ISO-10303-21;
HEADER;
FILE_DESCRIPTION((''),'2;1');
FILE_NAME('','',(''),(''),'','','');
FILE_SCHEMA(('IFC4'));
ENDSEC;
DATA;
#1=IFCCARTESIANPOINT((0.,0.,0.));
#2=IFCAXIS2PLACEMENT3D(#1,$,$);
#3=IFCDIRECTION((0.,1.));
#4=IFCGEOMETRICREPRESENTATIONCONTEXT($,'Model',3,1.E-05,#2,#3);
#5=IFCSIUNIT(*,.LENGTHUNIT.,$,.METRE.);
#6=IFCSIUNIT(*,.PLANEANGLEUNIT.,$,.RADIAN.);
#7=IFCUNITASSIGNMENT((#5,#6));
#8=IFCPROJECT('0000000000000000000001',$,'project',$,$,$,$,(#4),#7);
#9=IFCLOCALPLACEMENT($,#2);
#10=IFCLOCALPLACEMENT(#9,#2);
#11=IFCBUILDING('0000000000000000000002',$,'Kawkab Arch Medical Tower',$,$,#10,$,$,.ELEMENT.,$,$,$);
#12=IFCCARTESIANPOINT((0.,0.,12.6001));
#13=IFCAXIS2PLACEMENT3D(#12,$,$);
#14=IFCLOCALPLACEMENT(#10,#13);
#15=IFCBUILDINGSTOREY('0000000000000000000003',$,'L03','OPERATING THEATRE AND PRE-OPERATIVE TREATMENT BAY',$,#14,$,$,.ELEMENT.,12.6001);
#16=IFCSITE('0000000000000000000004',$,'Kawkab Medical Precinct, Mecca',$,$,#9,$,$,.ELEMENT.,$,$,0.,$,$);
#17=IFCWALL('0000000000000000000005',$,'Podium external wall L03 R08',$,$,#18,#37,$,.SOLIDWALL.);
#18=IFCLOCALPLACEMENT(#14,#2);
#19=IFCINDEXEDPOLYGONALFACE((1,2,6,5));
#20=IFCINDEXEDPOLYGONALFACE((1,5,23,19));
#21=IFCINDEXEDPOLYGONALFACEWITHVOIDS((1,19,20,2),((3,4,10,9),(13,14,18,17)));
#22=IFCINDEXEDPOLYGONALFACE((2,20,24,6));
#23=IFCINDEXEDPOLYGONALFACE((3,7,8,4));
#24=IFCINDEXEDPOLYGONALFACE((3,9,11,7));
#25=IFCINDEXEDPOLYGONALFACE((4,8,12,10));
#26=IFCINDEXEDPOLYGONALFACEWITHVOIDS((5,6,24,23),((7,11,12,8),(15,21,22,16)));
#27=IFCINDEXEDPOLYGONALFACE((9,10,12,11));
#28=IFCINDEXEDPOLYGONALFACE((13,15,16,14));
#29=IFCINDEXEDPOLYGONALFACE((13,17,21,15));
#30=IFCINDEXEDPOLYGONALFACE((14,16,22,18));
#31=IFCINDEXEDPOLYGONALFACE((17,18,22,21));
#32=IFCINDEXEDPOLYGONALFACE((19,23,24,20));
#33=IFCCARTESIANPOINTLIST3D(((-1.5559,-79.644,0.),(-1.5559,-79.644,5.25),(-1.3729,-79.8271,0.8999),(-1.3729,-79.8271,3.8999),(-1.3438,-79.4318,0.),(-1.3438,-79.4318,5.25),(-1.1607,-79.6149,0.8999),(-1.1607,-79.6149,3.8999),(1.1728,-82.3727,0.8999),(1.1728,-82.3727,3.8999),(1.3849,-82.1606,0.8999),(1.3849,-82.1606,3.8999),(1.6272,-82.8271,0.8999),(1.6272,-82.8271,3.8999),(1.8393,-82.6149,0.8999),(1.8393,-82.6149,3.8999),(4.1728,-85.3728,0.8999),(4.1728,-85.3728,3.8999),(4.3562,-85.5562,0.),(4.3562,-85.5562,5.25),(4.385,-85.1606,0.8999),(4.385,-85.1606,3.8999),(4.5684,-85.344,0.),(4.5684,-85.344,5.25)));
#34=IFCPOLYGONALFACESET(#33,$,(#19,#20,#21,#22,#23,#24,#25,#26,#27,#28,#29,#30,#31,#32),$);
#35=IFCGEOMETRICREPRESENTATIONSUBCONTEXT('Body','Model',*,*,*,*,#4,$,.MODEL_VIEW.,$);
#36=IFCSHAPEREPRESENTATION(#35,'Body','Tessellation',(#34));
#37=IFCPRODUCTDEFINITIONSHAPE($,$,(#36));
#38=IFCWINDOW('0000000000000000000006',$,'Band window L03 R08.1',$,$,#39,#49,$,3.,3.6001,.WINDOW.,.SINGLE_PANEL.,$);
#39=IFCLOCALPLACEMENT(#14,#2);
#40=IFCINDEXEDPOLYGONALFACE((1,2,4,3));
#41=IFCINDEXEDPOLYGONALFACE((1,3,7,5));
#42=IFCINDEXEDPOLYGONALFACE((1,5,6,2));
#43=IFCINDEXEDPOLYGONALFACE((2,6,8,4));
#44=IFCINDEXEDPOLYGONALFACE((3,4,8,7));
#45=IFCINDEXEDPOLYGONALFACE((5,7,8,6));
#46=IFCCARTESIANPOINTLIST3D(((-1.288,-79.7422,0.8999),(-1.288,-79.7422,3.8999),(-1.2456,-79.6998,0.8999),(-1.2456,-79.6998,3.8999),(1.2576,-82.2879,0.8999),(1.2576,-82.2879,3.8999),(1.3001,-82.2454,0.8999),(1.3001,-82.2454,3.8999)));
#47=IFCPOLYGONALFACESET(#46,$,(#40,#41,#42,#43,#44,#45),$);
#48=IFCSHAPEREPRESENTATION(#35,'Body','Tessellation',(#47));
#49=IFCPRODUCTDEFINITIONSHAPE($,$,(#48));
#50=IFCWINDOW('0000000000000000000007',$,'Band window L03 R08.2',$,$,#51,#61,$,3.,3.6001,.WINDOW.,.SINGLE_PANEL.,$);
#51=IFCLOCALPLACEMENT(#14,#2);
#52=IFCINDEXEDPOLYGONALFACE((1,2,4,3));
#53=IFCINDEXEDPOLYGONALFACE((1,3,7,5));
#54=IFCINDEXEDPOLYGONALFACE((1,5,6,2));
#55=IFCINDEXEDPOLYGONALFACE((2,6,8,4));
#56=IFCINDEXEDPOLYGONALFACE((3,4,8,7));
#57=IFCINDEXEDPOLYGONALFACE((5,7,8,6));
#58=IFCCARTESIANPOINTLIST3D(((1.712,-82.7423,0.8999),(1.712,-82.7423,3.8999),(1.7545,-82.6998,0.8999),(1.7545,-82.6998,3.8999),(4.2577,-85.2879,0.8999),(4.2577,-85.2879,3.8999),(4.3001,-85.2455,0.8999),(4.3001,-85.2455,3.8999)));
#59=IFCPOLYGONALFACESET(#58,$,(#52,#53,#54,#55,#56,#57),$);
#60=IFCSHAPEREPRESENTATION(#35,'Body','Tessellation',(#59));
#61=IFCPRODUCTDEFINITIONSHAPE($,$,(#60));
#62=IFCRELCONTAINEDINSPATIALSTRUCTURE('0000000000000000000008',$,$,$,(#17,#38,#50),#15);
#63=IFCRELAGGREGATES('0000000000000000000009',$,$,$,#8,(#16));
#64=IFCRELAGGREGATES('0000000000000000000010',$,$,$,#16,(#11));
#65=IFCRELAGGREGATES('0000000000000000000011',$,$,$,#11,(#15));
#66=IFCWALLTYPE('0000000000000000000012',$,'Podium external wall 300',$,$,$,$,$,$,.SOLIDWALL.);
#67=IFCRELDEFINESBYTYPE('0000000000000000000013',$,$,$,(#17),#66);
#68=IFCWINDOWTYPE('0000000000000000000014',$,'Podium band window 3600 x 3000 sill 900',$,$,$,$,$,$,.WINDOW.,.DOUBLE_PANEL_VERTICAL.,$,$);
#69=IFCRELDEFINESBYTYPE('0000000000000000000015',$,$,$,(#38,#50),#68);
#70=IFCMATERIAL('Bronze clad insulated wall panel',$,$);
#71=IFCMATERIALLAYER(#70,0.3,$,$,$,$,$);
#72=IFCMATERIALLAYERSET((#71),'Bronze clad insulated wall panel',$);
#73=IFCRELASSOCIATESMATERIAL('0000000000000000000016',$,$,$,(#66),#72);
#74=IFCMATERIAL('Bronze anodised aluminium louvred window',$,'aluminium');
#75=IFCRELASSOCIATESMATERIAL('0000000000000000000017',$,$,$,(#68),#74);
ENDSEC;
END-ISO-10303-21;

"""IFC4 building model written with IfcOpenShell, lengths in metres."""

from ifc_helpers import new_model, si_unit, direction, frame, frame_2d, origin, place, context, subcontext, project, spatial, rectangle, extrude, material, layer, layer_set, type_object, element, fill, save


model = new_model("IFC4")

# Units and contexts
model_context = context("Model", 3, precision=1e-05, world=origin(), true_north=direction((0.0, 1.0)))
body_context = subcontext(model_context, "Body", "Model", "MODEL_VIEW")
ifc_project = project(units=[si_unit("LENGTHUNIT", "METRE"), si_unit("PLANEANGLEUNIT", "RADIAN")], contexts=[model_context])

# Site, building, storey
site_placement = place(None, origin())
site = spatial("IfcSite", under=ifc_project, at=site_placement, Name="Kawkab Medical Precinct, Mecca", CompositionType="ELEMENT", RefElevation=0.0)
building_placement = place(site_placement, origin())
building = spatial("IfcBuilding", under=site, at=building_placement, Name="Kawkab Arch Medical Tower", CompositionType="ELEMENT")
storey_placement = place(building_placement, frame((0.0, 0.0, 12.6001)))
storey = spatial("IfcBuildingStorey", under=building, at=storey_placement, Name="L03", Description="OPERATING THEATRE AND PRE-OPERATIVE TREATMENT BAY", CompositionType="ELEMENT", Elevation=12.6001)

# Wall, openings, windows
ifc_material_1 = material(Name="Bronze clad insulated wall panel")
ifc_layer_1 = layer(ifc_material_1, 0.3)
ifc_layer_set_1 = layer_set([ifc_layer_1], Name="Bronze clad insulated wall panel")
wall_type_1 = type_object("IfcWallType", Name="Podium external wall 300", PredefinedType="SOLIDWALL", material=ifc_layer_set_1)
wall_1_placement = place(storey_placement, frame((-1.45, -79.5378, 0.0), z_axis=(0.0, 0.0, 1.0), x_axis=(0.707107, -0.707107, 0.0)))
wall_1 = element("IfcWall", 1, at=wall_1_placement, inside=storey, type_object=wall_type_1, Name="Podium external wall L03 R08", PredefinedType="SOLIDWALL", context=body_context, shape_type="SweptSolid", body=[
    extrude(rectangle(XDim=8.3611, YDim=0.3, at=frame_2d((4.1807, 0.0))), origin(), (0.0, 0.0, 1.0), 5.25),
])
opening_1_placement = place(wall_1_placement, frame((0.259, 0.0, 0.8999)))
opening_1 = element("IfcOpeningElement", 2, at=opening_1_placement, cuts=wall_1, PredefinedType="OPENING", context=body_context, shape_type="SweptSolid", body=[
    extrude(rectangle(XDim=3.6001, YDim=3.0, at=frame_2d((1.8, 1.5))), frame((0.0, 0.1599, 0.0), z_axis=(0.0, -1.0, 0.0), x_axis=(1.0, 0.0, 0.0)), (0.0, 0.0, 1.0), 0.3201),
])
opening_2_placement = place(wall_1_placement, frame((4.5017, 0.0, 0.8999)))
opening_2 = element("IfcOpeningElement", 3, at=opening_2_placement, cuts=wall_1, PredefinedType="OPENING", context=body_context, shape_type="SweptSolid", body=[
    extrude(rectangle(XDim=3.6001, YDim=3.0, at=frame_2d((1.8, 1.5))), frame((0.0, 0.1599, 0.0), z_axis=(0.0, -1.0, 0.0), x_axis=(1.0, 0.0, 0.0)), (0.0, 0.0, 1.0), 0.3201),
])
ifc_material_2 = material(Name="Bronze anodised aluminium louvred window", Category="aluminium")
window_type_1 = type_object("IfcWindowType", Name="Podium band window 3600 x 3000 sill 900", PartitioningType="DOUBLE_PANEL_VERTICAL", PredefinedType="WINDOW", material=ifc_material_2)
window_1_placement = place(opening_1_placement, origin())
window_1 = element("IfcWindow", 4, at=window_1_placement, inside=storey, type_object=window_type_1, Name="Band window L03 R08.1", OverallHeight=3.0, OverallWidth=3.6001, PartitioningType="SINGLE_PANEL", PredefinedType="WINDOW", context=body_context, shape_type="SweptSolid", body=[
    extrude(rectangle(XDim=3.6001, YDim=3.0, at=frame_2d((1.8, 1.5))), frame((0.0, 0.03, 0.0), z_axis=(0.0, -1.0, 0.0), x_axis=(1.0, 0.0, 0.0)), (0.0, 0.0, 1.0), 0.0601),
])
fill(opening_1, window_1)
window_2_placement = place(opening_2_placement, origin())
window_2 = element("IfcWindow", 5, at=window_2_placement, inside=storey, type_object=window_type_1, Name="Band window L03 R08.2", OverallHeight=3.0, OverallWidth=3.6001, PartitioningType="SINGLE_PANEL", PredefinedType="WINDOW", context=body_context, shape_type="SweptSolid", body=[
    extrude(rectangle(XDim=3.6001, YDim=3.0, at=frame_2d((1.8, 1.5))), frame((0.0, 0.03, 0.0), z_axis=(0.0, -1.0, 0.0), x_axis=(1.0, 0.0, 0.0)), (0.0, 0.0, 1.0), 0.0601),
])
fill(opening_2, window_2)

save(model, "model.ifc")
